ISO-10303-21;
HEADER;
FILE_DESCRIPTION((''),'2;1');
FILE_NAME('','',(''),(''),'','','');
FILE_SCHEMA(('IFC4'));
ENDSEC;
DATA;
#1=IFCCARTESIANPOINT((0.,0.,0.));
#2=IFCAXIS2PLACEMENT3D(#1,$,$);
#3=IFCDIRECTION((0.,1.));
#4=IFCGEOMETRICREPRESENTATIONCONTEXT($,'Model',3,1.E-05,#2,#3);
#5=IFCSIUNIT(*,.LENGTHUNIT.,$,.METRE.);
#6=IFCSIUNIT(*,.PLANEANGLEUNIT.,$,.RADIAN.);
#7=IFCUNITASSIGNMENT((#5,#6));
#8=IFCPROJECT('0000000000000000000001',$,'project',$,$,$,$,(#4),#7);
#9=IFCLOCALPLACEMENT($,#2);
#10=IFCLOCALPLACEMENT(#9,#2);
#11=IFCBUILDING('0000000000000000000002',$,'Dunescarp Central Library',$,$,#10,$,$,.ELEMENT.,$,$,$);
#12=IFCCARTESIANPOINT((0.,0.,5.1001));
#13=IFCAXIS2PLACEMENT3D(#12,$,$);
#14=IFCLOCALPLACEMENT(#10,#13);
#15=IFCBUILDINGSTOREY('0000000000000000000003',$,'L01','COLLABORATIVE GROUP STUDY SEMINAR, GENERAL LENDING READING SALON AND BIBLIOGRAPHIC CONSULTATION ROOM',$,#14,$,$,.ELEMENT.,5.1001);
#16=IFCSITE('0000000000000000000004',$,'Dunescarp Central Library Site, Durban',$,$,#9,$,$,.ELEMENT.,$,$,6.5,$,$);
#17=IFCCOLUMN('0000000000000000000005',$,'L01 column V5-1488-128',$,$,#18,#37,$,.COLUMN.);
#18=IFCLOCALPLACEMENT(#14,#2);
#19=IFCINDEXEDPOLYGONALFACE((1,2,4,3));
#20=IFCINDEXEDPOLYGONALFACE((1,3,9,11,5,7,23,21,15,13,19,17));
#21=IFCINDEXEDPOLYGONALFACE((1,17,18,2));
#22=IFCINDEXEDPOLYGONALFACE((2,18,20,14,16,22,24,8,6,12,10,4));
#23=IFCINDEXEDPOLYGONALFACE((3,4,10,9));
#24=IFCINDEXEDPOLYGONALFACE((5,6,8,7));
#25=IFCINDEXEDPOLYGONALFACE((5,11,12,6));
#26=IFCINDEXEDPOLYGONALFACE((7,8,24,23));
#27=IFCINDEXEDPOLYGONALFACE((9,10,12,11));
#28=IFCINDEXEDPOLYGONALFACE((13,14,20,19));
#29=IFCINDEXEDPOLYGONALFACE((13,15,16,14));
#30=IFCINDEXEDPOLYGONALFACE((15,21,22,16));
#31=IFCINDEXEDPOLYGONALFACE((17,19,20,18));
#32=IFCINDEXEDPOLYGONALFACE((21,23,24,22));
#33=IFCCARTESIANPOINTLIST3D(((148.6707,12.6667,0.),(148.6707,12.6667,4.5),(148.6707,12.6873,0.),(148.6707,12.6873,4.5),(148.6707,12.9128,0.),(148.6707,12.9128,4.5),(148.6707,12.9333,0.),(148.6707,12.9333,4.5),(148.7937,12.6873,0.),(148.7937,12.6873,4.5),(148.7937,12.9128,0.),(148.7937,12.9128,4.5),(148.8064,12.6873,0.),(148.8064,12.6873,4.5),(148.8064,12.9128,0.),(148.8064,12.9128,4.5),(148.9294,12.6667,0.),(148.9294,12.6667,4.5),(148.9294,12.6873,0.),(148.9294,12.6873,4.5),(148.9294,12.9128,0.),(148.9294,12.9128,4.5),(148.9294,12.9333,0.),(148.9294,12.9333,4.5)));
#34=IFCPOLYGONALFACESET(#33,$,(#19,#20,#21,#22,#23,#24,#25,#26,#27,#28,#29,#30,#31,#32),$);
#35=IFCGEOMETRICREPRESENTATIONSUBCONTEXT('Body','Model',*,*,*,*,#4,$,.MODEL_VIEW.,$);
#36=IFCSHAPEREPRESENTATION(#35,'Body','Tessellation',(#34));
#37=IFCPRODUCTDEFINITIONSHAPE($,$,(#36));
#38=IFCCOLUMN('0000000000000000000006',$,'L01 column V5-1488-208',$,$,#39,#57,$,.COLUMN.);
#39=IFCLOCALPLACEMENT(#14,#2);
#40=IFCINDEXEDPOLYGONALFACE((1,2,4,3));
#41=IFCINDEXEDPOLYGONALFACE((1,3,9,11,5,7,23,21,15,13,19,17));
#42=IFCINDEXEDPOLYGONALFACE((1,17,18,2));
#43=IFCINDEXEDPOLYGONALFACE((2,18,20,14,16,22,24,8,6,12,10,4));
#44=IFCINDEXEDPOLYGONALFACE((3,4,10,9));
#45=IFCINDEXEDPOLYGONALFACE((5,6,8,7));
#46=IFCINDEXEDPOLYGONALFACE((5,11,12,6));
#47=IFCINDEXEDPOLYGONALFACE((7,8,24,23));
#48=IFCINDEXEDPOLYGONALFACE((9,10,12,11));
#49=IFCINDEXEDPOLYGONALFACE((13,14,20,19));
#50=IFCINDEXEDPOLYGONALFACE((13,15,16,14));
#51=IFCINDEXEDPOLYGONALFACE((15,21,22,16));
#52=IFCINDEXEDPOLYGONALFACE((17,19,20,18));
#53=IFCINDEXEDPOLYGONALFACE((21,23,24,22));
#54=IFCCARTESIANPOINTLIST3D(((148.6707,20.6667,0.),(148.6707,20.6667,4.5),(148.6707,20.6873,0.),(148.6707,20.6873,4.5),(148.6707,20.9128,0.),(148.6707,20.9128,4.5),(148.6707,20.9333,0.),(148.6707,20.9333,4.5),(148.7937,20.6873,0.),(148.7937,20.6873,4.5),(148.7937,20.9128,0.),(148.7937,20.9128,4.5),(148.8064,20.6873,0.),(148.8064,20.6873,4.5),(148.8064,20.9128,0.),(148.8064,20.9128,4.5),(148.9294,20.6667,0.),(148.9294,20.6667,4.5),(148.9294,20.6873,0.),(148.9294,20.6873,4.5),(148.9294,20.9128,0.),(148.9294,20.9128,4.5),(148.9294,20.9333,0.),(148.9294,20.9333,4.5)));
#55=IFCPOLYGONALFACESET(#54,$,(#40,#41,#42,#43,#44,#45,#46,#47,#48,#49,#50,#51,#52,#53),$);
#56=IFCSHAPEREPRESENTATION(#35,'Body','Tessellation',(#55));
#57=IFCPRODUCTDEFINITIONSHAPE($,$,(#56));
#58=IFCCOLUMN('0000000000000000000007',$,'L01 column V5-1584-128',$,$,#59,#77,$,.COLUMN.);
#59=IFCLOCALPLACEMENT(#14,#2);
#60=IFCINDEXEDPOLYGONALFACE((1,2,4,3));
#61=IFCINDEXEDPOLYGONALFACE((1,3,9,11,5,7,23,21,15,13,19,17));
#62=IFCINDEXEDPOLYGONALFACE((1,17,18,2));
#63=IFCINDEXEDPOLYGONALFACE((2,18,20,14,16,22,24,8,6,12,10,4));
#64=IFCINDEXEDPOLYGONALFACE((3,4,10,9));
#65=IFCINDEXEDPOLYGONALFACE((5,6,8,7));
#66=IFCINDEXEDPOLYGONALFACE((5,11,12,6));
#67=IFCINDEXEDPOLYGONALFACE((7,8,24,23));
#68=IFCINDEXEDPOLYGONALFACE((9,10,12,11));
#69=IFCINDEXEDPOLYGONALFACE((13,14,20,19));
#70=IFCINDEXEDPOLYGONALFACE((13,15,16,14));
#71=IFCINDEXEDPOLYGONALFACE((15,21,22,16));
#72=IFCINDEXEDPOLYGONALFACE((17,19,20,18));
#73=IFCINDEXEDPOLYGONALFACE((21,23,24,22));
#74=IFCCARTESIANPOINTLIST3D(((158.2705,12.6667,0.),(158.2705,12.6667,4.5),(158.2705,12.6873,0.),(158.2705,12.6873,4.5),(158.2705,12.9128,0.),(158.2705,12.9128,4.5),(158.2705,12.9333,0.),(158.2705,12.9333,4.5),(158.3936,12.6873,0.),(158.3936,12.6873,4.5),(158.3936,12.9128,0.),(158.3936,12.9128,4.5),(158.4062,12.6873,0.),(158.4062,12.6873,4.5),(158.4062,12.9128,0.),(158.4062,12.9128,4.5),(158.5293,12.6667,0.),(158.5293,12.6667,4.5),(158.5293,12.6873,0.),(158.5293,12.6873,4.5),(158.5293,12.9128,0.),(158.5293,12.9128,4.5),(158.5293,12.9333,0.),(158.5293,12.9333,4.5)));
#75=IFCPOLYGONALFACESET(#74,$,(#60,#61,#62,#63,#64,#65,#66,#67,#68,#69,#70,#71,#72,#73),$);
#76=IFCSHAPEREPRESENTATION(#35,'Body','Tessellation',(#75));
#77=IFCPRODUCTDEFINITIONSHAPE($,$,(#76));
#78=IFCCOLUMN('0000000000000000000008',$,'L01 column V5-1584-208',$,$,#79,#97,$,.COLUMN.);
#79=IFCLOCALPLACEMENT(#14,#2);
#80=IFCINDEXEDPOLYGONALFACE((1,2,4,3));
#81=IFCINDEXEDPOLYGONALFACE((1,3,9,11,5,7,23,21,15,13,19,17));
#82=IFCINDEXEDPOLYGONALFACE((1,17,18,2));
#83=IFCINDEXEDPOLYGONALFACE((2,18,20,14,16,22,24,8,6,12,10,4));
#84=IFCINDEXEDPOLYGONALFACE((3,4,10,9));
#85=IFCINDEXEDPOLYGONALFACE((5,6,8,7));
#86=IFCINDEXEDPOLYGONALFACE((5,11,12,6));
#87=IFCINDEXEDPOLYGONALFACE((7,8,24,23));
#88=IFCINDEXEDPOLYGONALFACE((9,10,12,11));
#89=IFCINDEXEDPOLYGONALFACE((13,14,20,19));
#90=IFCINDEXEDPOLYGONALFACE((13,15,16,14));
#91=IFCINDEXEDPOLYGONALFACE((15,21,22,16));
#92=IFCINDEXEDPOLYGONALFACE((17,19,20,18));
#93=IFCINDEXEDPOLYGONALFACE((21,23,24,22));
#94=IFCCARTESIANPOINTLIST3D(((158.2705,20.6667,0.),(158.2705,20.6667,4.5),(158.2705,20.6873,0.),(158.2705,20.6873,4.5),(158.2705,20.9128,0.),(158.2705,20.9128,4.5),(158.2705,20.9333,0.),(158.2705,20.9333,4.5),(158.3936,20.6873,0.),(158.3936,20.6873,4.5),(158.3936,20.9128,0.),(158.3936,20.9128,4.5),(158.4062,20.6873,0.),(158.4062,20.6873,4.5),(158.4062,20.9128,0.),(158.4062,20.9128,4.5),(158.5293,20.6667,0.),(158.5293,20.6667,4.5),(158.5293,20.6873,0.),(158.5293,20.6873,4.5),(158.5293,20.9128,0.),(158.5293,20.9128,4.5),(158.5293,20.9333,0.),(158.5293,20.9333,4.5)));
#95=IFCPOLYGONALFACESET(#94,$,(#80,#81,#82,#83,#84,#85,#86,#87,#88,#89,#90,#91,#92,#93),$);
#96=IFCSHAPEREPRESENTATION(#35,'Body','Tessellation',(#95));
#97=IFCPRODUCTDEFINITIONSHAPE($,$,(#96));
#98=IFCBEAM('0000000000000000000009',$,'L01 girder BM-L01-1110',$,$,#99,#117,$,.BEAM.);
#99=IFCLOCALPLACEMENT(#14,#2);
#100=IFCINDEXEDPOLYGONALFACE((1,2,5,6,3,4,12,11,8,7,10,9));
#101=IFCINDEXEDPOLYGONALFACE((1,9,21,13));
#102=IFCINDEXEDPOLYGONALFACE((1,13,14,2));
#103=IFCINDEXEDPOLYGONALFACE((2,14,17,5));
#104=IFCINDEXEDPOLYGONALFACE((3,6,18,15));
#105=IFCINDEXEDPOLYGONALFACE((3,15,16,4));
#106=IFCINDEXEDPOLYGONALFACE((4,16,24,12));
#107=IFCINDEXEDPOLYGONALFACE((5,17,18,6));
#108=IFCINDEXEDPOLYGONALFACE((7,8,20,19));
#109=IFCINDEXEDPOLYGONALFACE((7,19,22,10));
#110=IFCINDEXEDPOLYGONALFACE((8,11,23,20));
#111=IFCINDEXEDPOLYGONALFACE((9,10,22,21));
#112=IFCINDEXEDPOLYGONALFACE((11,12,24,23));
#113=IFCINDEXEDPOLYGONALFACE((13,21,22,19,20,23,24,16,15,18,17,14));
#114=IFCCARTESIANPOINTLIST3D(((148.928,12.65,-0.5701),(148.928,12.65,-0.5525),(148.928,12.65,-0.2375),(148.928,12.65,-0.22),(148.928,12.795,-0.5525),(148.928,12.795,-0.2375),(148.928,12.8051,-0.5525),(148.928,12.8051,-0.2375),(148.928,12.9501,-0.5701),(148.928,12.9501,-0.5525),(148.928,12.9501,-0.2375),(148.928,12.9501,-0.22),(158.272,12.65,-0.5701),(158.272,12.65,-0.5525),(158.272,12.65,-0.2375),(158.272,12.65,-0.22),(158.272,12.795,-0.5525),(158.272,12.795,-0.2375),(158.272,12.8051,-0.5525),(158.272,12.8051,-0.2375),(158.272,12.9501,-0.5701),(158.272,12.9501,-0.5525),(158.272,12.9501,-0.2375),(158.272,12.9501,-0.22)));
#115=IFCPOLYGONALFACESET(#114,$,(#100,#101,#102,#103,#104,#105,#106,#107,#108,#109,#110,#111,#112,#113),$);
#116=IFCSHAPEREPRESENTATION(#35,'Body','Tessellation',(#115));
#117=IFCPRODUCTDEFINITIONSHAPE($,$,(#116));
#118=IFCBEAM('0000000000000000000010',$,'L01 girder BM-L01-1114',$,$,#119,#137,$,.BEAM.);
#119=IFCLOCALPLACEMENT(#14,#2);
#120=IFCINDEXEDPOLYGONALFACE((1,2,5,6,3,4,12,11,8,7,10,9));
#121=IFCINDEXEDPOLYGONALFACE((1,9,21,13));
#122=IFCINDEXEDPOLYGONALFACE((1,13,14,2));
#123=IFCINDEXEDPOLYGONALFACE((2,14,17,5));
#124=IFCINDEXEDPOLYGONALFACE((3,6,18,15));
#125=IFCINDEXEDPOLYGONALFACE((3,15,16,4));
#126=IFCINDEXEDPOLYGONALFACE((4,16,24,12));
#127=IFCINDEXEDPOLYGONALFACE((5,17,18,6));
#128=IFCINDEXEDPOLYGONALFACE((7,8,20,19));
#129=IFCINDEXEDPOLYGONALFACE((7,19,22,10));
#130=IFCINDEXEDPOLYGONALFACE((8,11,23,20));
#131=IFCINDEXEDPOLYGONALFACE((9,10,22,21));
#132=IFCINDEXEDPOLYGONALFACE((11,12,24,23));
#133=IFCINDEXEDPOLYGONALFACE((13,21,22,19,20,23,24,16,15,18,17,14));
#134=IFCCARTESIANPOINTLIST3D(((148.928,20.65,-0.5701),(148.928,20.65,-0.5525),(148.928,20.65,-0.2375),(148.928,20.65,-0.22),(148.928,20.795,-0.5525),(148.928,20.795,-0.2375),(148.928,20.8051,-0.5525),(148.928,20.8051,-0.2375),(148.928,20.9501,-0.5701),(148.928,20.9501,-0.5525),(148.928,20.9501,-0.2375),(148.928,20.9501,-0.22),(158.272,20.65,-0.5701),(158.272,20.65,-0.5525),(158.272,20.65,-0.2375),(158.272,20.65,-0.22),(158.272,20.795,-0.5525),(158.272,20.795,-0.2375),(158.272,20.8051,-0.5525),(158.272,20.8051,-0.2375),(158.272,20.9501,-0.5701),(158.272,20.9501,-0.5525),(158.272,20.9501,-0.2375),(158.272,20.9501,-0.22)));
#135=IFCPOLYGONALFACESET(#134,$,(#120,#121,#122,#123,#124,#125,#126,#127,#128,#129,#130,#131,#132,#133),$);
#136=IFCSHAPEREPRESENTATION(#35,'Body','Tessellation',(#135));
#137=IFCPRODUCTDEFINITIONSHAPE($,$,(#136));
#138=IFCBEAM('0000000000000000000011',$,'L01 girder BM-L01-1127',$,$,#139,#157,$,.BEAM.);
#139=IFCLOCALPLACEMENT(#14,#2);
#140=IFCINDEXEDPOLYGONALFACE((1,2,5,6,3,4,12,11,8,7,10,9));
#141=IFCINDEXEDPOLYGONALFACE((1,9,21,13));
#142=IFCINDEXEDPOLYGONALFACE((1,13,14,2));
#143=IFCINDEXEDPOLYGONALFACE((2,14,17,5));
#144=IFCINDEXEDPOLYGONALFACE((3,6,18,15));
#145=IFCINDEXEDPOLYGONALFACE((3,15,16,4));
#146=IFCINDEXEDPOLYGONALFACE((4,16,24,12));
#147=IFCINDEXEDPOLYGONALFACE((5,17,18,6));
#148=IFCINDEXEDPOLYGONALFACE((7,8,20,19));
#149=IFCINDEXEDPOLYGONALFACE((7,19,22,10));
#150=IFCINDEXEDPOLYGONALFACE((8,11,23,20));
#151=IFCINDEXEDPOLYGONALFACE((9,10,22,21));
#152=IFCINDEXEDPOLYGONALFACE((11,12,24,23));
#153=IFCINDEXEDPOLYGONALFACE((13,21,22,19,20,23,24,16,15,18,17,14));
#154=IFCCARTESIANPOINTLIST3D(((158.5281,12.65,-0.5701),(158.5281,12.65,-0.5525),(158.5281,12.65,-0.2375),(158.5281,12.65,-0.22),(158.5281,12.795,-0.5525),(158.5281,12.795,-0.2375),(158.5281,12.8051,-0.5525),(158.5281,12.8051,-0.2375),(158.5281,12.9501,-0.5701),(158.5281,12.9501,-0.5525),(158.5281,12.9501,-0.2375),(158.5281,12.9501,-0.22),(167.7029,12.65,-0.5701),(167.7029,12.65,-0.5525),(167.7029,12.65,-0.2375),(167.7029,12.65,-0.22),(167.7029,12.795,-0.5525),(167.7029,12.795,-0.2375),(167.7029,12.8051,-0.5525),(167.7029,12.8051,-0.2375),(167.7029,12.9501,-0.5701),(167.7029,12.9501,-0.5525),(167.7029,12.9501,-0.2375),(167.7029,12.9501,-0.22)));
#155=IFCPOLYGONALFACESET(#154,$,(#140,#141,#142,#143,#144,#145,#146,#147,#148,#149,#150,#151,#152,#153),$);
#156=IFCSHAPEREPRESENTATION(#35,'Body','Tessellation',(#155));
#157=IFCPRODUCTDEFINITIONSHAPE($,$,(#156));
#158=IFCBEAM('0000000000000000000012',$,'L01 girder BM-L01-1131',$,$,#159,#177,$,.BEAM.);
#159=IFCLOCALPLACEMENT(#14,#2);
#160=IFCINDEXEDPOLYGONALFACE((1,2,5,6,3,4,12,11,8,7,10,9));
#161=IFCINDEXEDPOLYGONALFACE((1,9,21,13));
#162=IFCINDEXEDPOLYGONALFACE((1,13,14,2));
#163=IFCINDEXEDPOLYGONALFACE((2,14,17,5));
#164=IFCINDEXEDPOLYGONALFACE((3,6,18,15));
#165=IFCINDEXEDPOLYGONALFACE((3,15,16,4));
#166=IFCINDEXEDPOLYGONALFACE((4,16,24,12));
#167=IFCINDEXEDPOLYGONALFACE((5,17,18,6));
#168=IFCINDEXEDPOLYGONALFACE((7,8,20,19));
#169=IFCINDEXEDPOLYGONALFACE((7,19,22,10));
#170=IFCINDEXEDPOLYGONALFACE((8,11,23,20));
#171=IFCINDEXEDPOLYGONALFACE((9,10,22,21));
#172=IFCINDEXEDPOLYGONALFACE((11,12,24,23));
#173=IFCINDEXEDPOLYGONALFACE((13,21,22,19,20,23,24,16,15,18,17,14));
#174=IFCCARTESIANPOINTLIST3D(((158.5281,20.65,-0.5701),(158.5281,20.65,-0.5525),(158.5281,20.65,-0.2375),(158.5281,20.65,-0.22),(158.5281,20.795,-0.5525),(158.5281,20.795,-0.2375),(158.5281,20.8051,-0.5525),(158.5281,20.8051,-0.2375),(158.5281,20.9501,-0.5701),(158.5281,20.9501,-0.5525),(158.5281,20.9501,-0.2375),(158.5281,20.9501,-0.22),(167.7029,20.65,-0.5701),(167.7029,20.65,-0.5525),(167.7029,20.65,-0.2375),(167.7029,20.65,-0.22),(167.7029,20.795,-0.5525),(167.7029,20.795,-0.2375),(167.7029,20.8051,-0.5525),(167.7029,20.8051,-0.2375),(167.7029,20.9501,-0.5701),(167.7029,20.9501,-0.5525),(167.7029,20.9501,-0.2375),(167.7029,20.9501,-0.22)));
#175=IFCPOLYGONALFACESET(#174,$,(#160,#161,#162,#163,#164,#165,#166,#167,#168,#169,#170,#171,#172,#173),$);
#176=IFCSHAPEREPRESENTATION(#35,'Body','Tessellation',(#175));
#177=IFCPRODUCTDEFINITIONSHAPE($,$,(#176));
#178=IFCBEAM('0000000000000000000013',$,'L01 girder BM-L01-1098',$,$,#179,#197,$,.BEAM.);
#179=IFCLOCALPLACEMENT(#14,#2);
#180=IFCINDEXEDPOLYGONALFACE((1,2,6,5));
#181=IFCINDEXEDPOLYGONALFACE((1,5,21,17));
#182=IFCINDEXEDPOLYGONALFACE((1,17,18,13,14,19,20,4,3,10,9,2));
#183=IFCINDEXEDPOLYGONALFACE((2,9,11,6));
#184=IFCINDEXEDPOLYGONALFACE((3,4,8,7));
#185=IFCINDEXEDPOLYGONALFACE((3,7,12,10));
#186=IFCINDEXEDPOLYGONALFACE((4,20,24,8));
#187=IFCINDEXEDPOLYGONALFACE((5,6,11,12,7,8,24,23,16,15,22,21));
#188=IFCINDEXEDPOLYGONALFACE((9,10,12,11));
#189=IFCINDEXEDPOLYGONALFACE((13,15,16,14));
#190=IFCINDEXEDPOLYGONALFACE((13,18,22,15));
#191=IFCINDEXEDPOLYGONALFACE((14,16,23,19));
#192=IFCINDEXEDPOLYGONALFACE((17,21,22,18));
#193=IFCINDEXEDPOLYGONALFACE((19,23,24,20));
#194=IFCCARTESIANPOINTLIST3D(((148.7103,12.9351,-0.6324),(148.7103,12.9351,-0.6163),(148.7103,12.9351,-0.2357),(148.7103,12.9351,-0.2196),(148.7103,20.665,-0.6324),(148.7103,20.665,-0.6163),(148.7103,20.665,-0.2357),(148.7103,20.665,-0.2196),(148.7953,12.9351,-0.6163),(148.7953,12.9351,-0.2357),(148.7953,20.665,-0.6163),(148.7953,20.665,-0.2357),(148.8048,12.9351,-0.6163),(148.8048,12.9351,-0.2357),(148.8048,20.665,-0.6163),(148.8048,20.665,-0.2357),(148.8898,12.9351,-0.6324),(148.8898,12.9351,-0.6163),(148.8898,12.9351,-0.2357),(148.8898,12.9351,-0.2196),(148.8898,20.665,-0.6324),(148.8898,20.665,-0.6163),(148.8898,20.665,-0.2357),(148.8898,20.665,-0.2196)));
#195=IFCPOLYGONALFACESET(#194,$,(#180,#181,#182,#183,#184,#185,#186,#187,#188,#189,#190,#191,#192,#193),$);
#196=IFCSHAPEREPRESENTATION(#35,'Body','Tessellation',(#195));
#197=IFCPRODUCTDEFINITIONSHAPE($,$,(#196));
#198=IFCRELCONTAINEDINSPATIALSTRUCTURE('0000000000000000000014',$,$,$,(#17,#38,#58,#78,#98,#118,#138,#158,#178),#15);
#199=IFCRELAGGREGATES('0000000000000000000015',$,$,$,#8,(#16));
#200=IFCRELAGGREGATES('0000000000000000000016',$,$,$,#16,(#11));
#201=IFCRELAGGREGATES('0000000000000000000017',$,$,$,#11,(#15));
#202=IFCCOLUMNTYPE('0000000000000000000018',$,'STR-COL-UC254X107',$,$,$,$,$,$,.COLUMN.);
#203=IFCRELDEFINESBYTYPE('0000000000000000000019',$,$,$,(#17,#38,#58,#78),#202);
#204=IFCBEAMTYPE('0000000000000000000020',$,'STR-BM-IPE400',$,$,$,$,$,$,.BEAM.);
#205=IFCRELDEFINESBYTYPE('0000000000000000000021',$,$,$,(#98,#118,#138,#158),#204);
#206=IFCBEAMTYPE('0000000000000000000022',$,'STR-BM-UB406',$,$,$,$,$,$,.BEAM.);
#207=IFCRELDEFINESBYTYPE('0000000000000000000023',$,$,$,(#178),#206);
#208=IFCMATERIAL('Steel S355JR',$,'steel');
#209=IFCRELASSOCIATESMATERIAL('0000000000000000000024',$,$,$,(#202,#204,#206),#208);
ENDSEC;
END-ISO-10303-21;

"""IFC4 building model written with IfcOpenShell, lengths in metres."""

from ifc_helpers import new_model, si_unit, direction, frame, origin, origin_2d, place, context, subcontext, project, spatial, i_section, extrude, material, material_profile, profile_set, type_object, element, save


model = new_model("IFC4")

# Units and contexts
model_context = context("Model", 3, precision=1e-05, world=origin(), true_north=direction((0.0, 1.0)))
body_context = subcontext(model_context, "Body", "Model", "MODEL_VIEW")
ifc_project = project(units=[si_unit("LENGTHUNIT", "METRE"), si_unit("PLANEANGLEUNIT", "RADIAN")], contexts=[model_context])

# Site, building, storey
site_placement = place(None, origin())
site = spatial("IfcSite", under=ifc_project, at=site_placement, Name="Dunescarp Central Library Site, Durban", CompositionType="ELEMENT", RefElevation=6.5)
building_placement = place(site_placement, origin())
building = spatial("IfcBuilding", under=site, at=building_placement, Name="Dunescarp Central Library", CompositionType="ELEMENT")
storey_placement = place(building_placement, frame((0.0, 0.0, 5.1001)))
storey = spatial("IfcBuildingStorey", under=building, at=storey_placement, Name="L01", Description="COLLABORATIVE GROUP STUDY SEMINAR, GENERAL LENDING READING SALON AND BIBLIOGRAPHIC CONSULTATION ROOM", CompositionType="ELEMENT", Elevation=5.1001)

# Columns
ifc_material_1 = material(Name="Steel S355JR", Category="steel")
ifc_material_profile_1 = material_profile(ifc_material_1, i_section(OverallWidth=0.2588, OverallDepth=0.2666, WebThickness=0.0127, FlangeThickness=0.0205, at=origin_2d()), Name="UC 254x254x107")
ifc_profile_set_1 = profile_set([ifc_material_profile_1], Name="Steel S355JR")
column_type = type_object("IfcColumnType", Name="STR-COL-UC254X107", PredefinedType="COLUMN", material=ifc_profile_set_1)
for number, where, z_axis, x_axis, name in (
    (1, (148.8, 12.8, 0.0), (0.0, 0.0, 1.0), (1.0, 0.0, 0.0), "L01 column V5-1488-128"),
    (2, (148.8, 20.8, 0.0), (0.0, 0.0, 1.0), (1.0, 0.0, 0.0), "L01 column V5-1488-208"),
    (3, (158.3999, 12.8, 0.0), (0.0, 0.0, 1.0), (1.0, 0.0, 0.0), "L01 column V5-1584-128"),
    (4, (158.3999, 20.8, 0.0), (0.0, 0.0, 1.0), (1.0, 0.0, 0.0), "L01 column V5-1584-208"),
):
    element("IfcColumn", number, at=place(storey_placement, frame(where, z_axis=z_axis, x_axis=x_axis)), inside=storey, type_object=column_type, Name=name, PredefinedType="COLUMN", context=body_context, shape_type="SweptSolid", body=[
        extrude(i_section(OverallWidth=0.2588, OverallDepth=0.2666, WebThickness=0.0127, FlangeThickness=0.0205, at=origin_2d()), origin(), (0.0, 0.0, 1.0), 4.5),
    ])

# Beams
ifc_material_profile_2 = material_profile(ifc_material_1, i_section(OverallWidth=0.3, OverallDepth=0.3501, WebThickness=0.01, FlangeThickness=0.0176, at=origin_2d()), Name="HEA 360")
ifc_profile_set_2 = profile_set([ifc_material_profile_2], Name="Steel S355JR")
beam_type_1 = type_object("IfcBeamType", Name="STR-BM-IPE400", PredefinedType="BEAM", material=ifc_profile_set_2)
for number, where, z_axis, x_axis, name in (
    (5, (148.928, 12.8, -0.395), (1.0, 0.0, 0.0), (0.0, 1.0, 0.0), "L01 girder BM-L01-1110"),
    (6, (148.928, 20.8, -0.395), (1.0, 0.0, 0.0), (0.0, 1.0, 0.0), "L01 girder BM-L01-1114"),
):
    element("IfcBeam", number, at=place(storey_placement, frame(where, z_axis=z_axis, x_axis=x_axis)), inside=storey, type_object=beam_type_1, Name=name, PredefinedType="BEAM", context=body_context, shape_type="SweptSolid", body=[
        extrude(i_section(OverallWidth=0.3, OverallDepth=0.3501, WebThickness=0.01, FlangeThickness=0.0176, at=origin_2d()), origin(), (0.0, 0.0, 1.0), 9.344),
    ])
for number, where, z_axis, x_axis, name in (
    (7, (158.5281, 12.8, -0.395), (1.0, 0.0, 0.0), (0.0, 1.0, 0.0), "L01 girder BM-L01-1127"),
    (8, (158.5281, 20.8, -0.395), (1.0, 0.0, 0.0), (0.0, 1.0, 0.0), "L01 girder BM-L01-1131"),
):
    element("IfcBeam", number, at=place(storey_placement, frame(where, z_axis=z_axis, x_axis=x_axis)), inside=storey, type_object=beam_type_1, Name=name, PredefinedType="BEAM", context=body_context, shape_type="SweptSolid", body=[
        extrude(i_section(OverallWidth=0.3, OverallDepth=0.3501, WebThickness=0.01, FlangeThickness=0.0176, at=origin_2d()), origin(), (0.0, 0.0, 1.0), 9.1748),
    ])
ifc_material_profile_3 = material_profile(ifc_material_1, i_section(OverallWidth=0.1794, OverallDepth=0.4128, WebThickness=0.0095, FlangeThickness=0.0161, at=origin_2d()), Name="UB 406x178x74")
ifc_profile_set_3 = profile_set([ifc_material_profile_3], Name="Steel S355JR")
beam_type_2 = type_object("IfcBeamType", Name="STR-BM-UB406", PredefinedType="BEAM", material=ifc_profile_set_3)
beam_1_placement = place(storey_placement, frame((148.8, 12.9351, -0.426), z_axis=(0.0, 1.0, 0.0), x_axis=(-1.0, 0.0, 0.0)))
element("IfcBeam", 9, at=beam_1_placement, inside=storey, type_object=beam_type_2, Name="L01 girder BM-L01-1098", PredefinedType="BEAM", context=body_context, shape_type="SweptSolid", body=[
    extrude(i_section(OverallWidth=0.1794, OverallDepth=0.4128, WebThickness=0.0095, FlangeThickness=0.0161, at=origin_2d()), origin(), (0.0, 0.0, 1.0), 7.73),
])

save(model, "model.ifc")
